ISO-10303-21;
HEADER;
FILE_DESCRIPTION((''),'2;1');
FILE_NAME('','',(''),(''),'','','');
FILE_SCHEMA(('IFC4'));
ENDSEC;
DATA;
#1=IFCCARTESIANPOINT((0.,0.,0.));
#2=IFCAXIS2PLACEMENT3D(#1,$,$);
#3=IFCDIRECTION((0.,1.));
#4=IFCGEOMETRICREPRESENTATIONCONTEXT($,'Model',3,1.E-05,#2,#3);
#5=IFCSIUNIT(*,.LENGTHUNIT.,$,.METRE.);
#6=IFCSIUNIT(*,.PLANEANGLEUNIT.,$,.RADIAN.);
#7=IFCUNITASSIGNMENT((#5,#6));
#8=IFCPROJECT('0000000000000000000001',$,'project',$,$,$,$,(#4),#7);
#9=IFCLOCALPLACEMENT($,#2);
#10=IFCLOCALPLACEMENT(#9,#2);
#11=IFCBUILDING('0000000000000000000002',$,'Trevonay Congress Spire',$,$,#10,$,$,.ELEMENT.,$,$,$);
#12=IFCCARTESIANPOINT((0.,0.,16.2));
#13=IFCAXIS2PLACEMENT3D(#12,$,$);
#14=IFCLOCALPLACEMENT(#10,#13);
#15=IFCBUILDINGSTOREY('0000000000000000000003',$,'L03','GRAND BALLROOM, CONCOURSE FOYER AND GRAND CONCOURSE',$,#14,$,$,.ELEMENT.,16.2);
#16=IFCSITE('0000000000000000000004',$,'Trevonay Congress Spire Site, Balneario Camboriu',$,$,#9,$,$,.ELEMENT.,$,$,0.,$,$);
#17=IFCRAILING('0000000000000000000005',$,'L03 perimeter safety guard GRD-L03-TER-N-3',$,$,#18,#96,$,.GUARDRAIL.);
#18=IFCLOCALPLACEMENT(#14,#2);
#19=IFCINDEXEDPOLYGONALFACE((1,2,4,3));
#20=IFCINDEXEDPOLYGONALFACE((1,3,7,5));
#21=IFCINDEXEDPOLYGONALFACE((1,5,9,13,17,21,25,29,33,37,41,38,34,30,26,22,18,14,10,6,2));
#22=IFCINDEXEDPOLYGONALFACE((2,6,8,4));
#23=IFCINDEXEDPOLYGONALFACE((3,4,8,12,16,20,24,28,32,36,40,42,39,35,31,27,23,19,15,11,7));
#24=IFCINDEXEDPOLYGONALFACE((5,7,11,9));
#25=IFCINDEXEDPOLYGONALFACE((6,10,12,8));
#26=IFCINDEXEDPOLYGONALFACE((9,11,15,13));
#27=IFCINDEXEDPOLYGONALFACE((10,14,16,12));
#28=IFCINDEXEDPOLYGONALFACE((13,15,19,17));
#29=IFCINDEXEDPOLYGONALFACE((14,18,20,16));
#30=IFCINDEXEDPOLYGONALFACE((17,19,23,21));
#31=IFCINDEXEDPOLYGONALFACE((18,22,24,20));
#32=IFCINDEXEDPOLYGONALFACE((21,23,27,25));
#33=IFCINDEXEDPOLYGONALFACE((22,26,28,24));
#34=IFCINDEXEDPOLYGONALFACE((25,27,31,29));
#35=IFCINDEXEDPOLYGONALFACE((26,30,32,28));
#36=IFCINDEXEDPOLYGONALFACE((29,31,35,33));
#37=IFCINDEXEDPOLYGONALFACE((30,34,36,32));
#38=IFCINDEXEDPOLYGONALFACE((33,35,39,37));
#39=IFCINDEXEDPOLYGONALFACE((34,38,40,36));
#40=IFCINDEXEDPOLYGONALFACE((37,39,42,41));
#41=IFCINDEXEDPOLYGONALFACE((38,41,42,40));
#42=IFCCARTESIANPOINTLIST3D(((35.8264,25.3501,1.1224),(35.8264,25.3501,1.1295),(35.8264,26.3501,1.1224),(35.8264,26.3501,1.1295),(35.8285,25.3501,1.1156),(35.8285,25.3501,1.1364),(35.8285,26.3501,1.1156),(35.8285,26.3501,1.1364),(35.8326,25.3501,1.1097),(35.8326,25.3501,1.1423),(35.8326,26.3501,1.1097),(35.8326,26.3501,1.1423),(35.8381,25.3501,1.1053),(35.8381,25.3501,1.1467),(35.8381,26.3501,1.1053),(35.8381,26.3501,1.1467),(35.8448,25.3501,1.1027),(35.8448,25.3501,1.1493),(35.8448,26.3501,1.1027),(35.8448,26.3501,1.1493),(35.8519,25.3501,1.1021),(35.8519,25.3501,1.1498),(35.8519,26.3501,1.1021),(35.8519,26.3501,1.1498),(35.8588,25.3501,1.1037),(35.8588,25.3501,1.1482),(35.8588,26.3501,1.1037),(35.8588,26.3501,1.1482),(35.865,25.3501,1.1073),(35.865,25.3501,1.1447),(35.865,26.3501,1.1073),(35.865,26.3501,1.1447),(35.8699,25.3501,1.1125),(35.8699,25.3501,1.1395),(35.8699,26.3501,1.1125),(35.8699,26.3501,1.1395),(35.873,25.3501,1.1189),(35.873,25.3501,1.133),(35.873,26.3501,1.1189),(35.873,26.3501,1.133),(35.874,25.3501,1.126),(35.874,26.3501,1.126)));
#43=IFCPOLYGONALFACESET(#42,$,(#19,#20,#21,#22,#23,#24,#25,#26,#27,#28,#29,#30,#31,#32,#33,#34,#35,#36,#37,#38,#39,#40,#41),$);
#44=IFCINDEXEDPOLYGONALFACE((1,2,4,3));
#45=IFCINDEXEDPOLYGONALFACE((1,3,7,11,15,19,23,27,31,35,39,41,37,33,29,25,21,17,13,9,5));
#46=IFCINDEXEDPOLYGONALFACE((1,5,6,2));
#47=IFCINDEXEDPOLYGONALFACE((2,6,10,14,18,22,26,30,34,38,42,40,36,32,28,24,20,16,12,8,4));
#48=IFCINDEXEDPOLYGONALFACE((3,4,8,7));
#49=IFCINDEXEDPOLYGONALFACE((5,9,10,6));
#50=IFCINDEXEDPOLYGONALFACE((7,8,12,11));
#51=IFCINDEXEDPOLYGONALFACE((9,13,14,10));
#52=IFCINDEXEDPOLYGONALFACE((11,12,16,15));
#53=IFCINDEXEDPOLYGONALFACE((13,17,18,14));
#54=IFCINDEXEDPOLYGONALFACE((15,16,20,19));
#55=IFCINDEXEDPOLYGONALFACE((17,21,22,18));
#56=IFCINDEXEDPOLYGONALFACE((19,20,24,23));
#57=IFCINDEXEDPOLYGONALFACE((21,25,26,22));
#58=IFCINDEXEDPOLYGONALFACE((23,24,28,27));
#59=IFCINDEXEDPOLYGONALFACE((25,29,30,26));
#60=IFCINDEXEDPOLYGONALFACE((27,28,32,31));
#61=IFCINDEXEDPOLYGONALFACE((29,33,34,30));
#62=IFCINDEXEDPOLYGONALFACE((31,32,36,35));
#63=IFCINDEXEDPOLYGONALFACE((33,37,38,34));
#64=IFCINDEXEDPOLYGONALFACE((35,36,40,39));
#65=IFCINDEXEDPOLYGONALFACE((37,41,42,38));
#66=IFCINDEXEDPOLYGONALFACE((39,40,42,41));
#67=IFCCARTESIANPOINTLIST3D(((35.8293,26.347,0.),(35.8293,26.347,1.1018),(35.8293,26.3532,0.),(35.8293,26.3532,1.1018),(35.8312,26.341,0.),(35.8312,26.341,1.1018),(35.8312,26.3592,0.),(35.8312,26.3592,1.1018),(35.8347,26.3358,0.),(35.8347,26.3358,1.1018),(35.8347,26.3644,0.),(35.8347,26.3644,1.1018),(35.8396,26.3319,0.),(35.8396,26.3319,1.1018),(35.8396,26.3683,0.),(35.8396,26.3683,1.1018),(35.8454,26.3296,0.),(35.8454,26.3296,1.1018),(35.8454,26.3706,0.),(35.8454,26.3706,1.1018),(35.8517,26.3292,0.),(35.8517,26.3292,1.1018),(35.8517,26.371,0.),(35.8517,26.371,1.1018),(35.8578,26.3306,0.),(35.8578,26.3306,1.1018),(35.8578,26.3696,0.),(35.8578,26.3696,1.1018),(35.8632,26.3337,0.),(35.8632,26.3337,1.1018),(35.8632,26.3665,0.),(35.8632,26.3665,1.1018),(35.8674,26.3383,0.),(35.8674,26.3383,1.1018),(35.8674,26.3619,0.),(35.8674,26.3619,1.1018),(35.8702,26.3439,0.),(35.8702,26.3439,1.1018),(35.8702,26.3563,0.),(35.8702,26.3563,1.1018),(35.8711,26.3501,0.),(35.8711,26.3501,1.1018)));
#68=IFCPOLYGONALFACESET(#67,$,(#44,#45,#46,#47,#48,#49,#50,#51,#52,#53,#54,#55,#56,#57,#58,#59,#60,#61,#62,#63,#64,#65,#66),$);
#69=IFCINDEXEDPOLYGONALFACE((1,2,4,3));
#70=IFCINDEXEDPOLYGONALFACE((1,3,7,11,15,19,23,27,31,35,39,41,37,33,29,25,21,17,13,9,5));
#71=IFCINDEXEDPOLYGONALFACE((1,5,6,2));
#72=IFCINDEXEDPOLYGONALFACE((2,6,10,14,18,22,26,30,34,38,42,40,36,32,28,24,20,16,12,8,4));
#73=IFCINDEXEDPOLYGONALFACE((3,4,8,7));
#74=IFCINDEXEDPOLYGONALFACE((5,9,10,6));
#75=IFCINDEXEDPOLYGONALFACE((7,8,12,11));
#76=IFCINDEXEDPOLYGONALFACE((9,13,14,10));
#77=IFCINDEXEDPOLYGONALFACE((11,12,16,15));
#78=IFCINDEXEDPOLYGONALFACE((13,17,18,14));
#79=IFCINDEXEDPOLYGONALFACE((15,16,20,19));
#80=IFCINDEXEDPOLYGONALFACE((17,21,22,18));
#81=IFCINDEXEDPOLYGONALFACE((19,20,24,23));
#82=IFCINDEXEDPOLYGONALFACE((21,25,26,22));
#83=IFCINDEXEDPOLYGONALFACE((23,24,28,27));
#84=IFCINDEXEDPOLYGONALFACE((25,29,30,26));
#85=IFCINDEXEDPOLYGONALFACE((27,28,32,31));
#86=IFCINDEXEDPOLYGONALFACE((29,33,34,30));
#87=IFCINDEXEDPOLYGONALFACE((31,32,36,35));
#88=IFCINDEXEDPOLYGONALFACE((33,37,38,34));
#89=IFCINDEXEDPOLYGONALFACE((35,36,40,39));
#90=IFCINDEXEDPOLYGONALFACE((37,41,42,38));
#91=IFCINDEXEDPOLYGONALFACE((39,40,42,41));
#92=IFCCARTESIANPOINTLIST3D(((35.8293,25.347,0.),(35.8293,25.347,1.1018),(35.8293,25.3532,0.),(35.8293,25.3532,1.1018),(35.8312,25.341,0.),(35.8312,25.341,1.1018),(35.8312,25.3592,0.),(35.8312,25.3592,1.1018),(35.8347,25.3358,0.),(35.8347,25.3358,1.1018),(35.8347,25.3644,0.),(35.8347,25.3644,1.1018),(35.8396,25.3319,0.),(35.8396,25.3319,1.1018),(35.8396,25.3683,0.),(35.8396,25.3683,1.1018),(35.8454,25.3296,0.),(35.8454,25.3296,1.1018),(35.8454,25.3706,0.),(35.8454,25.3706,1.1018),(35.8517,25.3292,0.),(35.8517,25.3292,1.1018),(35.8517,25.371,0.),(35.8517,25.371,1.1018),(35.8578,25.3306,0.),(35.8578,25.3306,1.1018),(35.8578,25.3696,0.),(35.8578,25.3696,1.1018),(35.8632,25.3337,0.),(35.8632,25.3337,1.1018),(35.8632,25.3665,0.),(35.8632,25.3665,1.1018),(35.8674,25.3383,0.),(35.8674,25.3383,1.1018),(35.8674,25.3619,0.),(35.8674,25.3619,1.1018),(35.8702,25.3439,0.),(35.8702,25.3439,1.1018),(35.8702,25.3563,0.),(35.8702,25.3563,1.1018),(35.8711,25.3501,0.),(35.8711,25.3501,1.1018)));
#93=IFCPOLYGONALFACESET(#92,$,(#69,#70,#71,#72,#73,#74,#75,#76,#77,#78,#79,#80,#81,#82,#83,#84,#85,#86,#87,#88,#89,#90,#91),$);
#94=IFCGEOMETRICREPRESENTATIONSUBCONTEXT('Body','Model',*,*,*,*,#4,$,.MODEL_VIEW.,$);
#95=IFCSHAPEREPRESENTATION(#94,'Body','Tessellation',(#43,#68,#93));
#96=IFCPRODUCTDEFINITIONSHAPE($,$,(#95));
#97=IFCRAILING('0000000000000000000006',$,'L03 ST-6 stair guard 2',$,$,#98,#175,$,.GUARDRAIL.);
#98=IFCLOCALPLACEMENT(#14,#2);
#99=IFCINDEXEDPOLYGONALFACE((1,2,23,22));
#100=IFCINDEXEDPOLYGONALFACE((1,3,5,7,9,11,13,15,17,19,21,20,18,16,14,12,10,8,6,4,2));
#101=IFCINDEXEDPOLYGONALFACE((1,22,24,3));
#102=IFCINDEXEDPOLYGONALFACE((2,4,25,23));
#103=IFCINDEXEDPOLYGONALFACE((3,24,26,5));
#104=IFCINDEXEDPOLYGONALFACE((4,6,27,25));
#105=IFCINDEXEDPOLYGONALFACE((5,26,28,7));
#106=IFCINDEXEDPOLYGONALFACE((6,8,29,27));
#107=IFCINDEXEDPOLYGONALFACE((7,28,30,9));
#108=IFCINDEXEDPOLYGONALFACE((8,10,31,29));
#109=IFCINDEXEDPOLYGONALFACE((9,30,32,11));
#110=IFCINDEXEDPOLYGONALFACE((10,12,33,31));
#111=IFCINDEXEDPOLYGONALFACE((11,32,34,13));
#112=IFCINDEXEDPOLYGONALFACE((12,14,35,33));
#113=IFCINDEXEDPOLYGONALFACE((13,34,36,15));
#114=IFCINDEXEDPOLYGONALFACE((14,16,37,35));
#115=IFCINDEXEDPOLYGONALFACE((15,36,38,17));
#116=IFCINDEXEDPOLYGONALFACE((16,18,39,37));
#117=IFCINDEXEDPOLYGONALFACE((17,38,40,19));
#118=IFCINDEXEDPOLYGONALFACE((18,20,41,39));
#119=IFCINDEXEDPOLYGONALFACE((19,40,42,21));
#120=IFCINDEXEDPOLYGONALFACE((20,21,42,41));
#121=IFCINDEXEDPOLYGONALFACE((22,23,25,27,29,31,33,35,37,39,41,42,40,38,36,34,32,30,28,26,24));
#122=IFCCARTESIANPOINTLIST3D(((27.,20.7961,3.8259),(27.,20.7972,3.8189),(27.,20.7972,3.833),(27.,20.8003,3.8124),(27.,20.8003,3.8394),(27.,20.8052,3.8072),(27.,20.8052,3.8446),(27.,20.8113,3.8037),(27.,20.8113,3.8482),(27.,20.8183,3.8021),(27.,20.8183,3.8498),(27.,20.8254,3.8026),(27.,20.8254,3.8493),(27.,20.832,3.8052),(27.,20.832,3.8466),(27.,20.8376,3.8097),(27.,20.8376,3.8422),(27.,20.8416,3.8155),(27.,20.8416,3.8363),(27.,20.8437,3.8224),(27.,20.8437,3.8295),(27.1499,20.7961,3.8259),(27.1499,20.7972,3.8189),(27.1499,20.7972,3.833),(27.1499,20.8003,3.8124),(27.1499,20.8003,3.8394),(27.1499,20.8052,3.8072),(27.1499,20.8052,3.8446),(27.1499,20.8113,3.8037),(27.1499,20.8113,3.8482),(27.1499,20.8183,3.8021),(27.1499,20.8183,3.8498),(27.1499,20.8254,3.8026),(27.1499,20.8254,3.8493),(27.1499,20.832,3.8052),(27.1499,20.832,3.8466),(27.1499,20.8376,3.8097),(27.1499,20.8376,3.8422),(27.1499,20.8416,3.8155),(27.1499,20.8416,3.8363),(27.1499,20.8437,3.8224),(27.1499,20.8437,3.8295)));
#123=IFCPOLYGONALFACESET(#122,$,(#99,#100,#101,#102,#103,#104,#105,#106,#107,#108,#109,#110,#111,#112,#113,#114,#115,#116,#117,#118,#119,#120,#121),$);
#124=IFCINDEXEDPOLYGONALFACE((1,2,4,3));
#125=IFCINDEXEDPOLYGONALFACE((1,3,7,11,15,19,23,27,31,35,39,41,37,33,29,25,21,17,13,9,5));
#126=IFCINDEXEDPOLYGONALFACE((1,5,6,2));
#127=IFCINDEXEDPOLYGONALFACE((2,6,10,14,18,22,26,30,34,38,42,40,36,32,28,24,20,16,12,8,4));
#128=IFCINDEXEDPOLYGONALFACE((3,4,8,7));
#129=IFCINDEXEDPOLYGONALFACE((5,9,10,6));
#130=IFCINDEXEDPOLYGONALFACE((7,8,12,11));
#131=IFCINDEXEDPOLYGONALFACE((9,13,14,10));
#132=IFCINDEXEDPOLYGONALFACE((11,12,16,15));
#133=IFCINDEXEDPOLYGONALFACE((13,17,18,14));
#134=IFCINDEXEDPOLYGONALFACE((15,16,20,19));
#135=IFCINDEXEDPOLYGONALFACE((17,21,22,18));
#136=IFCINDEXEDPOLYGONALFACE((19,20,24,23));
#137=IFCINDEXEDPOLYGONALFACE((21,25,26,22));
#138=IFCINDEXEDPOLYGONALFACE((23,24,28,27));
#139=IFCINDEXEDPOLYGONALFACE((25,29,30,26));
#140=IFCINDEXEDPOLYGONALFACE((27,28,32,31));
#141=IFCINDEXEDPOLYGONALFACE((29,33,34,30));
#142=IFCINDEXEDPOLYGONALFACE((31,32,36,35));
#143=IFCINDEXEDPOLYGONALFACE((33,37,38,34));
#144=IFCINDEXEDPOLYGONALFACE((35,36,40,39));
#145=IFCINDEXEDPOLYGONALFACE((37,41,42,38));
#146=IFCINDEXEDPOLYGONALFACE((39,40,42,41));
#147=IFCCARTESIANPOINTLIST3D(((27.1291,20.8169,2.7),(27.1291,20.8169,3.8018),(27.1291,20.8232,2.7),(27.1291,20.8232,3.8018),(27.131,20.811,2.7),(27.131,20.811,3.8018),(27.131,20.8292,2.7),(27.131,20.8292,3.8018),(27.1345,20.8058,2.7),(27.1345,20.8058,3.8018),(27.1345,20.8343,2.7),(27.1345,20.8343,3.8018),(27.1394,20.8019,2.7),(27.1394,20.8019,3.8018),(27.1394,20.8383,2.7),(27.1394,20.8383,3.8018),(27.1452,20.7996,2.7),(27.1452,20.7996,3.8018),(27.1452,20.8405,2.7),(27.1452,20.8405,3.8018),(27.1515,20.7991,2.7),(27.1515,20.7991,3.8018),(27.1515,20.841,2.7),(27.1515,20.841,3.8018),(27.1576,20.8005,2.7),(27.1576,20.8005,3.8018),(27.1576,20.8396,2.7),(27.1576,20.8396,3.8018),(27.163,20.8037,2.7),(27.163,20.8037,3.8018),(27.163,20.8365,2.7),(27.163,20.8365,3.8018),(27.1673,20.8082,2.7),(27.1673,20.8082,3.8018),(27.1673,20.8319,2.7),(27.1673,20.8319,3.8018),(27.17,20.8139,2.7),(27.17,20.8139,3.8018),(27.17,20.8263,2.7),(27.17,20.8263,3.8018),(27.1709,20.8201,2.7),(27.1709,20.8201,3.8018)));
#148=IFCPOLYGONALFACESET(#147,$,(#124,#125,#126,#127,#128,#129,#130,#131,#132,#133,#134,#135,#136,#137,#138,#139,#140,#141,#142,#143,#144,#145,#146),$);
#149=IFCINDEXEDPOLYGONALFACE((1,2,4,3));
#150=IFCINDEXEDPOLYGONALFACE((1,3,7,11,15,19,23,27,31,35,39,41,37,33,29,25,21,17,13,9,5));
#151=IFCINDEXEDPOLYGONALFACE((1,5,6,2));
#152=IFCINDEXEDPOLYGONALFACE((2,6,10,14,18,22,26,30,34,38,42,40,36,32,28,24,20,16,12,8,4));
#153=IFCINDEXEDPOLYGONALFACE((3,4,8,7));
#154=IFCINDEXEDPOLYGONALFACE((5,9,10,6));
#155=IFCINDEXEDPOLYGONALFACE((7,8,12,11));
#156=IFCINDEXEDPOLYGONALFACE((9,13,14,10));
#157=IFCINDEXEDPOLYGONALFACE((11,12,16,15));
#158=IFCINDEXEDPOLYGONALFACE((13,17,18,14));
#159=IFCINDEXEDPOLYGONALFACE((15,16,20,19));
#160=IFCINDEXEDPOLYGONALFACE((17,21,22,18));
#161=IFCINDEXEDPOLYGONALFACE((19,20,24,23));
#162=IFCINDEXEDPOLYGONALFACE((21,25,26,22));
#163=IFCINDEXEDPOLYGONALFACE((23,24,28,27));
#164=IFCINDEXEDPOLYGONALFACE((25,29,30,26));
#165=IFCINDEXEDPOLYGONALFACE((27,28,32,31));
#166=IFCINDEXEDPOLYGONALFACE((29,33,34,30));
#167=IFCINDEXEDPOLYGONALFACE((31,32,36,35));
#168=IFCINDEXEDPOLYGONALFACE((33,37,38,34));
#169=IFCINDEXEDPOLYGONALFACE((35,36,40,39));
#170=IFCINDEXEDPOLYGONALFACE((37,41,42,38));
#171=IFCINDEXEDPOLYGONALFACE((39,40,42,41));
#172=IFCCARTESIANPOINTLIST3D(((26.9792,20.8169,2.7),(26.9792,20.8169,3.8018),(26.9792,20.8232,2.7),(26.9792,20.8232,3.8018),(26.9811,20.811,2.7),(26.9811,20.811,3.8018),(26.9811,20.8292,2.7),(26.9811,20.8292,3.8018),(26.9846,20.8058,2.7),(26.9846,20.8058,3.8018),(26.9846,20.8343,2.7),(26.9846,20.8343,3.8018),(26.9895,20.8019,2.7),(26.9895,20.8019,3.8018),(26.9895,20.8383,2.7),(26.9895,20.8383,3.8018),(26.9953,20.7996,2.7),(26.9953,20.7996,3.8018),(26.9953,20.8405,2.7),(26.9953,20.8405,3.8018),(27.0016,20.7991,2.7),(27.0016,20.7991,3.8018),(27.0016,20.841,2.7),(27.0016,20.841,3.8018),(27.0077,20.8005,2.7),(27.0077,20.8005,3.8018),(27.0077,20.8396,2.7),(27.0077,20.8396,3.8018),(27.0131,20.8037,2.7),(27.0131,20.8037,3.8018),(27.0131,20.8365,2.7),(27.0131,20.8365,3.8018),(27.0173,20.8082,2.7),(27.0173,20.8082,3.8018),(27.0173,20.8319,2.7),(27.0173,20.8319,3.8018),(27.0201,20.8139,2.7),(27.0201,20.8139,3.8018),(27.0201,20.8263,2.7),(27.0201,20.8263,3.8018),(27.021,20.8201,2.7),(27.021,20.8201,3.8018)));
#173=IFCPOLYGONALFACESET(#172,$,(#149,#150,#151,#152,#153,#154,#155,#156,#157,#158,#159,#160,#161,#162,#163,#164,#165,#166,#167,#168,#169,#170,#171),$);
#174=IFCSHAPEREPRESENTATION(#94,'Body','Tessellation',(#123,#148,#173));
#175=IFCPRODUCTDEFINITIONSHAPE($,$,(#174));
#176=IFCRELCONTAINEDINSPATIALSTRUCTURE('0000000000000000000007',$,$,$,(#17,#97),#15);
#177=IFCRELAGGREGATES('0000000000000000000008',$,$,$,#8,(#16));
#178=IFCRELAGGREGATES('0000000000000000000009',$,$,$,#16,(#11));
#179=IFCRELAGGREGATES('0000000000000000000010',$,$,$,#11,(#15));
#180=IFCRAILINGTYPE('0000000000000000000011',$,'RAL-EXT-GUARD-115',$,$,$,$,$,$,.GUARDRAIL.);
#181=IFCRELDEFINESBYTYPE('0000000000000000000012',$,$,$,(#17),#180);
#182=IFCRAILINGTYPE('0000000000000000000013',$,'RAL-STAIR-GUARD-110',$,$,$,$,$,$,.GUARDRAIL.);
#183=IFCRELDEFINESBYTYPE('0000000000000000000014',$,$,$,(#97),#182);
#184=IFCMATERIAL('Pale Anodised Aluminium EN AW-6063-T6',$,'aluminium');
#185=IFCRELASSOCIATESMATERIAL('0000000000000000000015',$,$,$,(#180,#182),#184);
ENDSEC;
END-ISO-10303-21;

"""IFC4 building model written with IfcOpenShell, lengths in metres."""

from ifc_helpers import new_model, si_unit, direction, frame, origin, origin_2d, place, context, subcontext, project, spatial, circle, extrude, material, type_object, element, save


model = new_model("IFC4")

# Units and contexts
model_context = context("Model", 3, precision=1e-05, world=origin(), true_north=direction((0.0, 1.0)))
body_context = subcontext(model_context, "Body", "Model", "MODEL_VIEW")
ifc_project = project(units=[si_unit("LENGTHUNIT", "METRE"), si_unit("PLANEANGLEUNIT", "RADIAN")], contexts=[model_context])

# Site, building, storey
site_placement = place(None, origin())
site = spatial("IfcSite", under=ifc_project, at=site_placement, Name="Trevonay Congress Spire Site, Balneario Camboriu", CompositionType="ELEMENT", RefElevation=0.0)
building_placement = place(site_placement, origin())
building = spatial("IfcBuilding", under=site, at=building_placement, Name="Trevonay Congress Spire", CompositionType="ELEMENT")
storey_placement = place(building_placement, frame((0.0, 0.0, 16.2)))
storey = spatial("IfcBuildingStorey", under=building, at=storey_placement, Name="L03", Description="GRAND BALLROOM, CONCOURSE FOYER AND GRAND CONCOURSE", CompositionType="ELEMENT", Elevation=16.2)

# Shared definitions
ifc_material_1 = material(Name="Pale Anodised Aluminium EN AW-6063-T6", Category="aluminium")

# Railings
railing_type_1 = type_object("IfcRailingType", Name="RAL-EXT-GUARD-115", PredefinedType="GUARDRAIL", material=ifc_material_1)
railing_1_placement = place(storey_placement, frame((35.8501, 26.3501, 0.0)))
element("IfcRailing", 1, at=railing_1_placement, inside=storey, type_object=railing_type_1, Name="L03 perimeter safety guard GRD-L03-TER-N-3", PredefinedType="GUARDRAIL", context=body_context, shape_type="SweptSolid", body=[
    extrude(circle(Radius=0.0239, at=origin_2d()), frame((0.0, 0.0, 1.126), z_axis=(0.0, -1.0, 0.0), x_axis=(1.0, 0.0, 0.0)), (0.0, 0.0, 1.0), 1.0),
    extrude(circle(Radius=0.021, at=origin_2d()), origin(), (0.0, 0.0, 1.0), 1.1018),
    extrude(circle(Radius=0.021, at=origin_2d()), frame((0.0, -1.0, 0.0)), (0.0, 0.0, 1.0), 1.1018),
])
railing_type_2 = type_object("IfcRailingType", Name="RAL-STAIR-GUARD-110", PredefinedType="GUARDRAIL", material=ifc_material_1)
railing_2_placement = place(storey_placement, frame((27.1499, 20.8201, 2.7)))
element("IfcRailing", 2, at=railing_2_placement, inside=storey, type_object=railing_type_2, Name="L03 ST-6 stair guard 2", PredefinedType="GUARDRAIL", context=body_context, shape_type="SweptSolid", body=[
    extrude(circle(Radius=0.0239, at=origin_2d()), frame((0.0, 0.0, 1.126), z_axis=(-1.0, 0.0, 0.0), x_axis=(0.0, -1.0, 0.0)), (0.0, 0.0, 1.0), 0.1499),
    extrude(circle(Radius=0.021, at=origin_2d()), origin(), (0.0, 0.0, 1.0), 1.1018),
    extrude(circle(Radius=0.021, at=origin_2d()), frame((-0.1499, 0.0, 0.0)), (0.0, 0.0, 1.0), 1.1018),
])

save(model, "model.ifc")
